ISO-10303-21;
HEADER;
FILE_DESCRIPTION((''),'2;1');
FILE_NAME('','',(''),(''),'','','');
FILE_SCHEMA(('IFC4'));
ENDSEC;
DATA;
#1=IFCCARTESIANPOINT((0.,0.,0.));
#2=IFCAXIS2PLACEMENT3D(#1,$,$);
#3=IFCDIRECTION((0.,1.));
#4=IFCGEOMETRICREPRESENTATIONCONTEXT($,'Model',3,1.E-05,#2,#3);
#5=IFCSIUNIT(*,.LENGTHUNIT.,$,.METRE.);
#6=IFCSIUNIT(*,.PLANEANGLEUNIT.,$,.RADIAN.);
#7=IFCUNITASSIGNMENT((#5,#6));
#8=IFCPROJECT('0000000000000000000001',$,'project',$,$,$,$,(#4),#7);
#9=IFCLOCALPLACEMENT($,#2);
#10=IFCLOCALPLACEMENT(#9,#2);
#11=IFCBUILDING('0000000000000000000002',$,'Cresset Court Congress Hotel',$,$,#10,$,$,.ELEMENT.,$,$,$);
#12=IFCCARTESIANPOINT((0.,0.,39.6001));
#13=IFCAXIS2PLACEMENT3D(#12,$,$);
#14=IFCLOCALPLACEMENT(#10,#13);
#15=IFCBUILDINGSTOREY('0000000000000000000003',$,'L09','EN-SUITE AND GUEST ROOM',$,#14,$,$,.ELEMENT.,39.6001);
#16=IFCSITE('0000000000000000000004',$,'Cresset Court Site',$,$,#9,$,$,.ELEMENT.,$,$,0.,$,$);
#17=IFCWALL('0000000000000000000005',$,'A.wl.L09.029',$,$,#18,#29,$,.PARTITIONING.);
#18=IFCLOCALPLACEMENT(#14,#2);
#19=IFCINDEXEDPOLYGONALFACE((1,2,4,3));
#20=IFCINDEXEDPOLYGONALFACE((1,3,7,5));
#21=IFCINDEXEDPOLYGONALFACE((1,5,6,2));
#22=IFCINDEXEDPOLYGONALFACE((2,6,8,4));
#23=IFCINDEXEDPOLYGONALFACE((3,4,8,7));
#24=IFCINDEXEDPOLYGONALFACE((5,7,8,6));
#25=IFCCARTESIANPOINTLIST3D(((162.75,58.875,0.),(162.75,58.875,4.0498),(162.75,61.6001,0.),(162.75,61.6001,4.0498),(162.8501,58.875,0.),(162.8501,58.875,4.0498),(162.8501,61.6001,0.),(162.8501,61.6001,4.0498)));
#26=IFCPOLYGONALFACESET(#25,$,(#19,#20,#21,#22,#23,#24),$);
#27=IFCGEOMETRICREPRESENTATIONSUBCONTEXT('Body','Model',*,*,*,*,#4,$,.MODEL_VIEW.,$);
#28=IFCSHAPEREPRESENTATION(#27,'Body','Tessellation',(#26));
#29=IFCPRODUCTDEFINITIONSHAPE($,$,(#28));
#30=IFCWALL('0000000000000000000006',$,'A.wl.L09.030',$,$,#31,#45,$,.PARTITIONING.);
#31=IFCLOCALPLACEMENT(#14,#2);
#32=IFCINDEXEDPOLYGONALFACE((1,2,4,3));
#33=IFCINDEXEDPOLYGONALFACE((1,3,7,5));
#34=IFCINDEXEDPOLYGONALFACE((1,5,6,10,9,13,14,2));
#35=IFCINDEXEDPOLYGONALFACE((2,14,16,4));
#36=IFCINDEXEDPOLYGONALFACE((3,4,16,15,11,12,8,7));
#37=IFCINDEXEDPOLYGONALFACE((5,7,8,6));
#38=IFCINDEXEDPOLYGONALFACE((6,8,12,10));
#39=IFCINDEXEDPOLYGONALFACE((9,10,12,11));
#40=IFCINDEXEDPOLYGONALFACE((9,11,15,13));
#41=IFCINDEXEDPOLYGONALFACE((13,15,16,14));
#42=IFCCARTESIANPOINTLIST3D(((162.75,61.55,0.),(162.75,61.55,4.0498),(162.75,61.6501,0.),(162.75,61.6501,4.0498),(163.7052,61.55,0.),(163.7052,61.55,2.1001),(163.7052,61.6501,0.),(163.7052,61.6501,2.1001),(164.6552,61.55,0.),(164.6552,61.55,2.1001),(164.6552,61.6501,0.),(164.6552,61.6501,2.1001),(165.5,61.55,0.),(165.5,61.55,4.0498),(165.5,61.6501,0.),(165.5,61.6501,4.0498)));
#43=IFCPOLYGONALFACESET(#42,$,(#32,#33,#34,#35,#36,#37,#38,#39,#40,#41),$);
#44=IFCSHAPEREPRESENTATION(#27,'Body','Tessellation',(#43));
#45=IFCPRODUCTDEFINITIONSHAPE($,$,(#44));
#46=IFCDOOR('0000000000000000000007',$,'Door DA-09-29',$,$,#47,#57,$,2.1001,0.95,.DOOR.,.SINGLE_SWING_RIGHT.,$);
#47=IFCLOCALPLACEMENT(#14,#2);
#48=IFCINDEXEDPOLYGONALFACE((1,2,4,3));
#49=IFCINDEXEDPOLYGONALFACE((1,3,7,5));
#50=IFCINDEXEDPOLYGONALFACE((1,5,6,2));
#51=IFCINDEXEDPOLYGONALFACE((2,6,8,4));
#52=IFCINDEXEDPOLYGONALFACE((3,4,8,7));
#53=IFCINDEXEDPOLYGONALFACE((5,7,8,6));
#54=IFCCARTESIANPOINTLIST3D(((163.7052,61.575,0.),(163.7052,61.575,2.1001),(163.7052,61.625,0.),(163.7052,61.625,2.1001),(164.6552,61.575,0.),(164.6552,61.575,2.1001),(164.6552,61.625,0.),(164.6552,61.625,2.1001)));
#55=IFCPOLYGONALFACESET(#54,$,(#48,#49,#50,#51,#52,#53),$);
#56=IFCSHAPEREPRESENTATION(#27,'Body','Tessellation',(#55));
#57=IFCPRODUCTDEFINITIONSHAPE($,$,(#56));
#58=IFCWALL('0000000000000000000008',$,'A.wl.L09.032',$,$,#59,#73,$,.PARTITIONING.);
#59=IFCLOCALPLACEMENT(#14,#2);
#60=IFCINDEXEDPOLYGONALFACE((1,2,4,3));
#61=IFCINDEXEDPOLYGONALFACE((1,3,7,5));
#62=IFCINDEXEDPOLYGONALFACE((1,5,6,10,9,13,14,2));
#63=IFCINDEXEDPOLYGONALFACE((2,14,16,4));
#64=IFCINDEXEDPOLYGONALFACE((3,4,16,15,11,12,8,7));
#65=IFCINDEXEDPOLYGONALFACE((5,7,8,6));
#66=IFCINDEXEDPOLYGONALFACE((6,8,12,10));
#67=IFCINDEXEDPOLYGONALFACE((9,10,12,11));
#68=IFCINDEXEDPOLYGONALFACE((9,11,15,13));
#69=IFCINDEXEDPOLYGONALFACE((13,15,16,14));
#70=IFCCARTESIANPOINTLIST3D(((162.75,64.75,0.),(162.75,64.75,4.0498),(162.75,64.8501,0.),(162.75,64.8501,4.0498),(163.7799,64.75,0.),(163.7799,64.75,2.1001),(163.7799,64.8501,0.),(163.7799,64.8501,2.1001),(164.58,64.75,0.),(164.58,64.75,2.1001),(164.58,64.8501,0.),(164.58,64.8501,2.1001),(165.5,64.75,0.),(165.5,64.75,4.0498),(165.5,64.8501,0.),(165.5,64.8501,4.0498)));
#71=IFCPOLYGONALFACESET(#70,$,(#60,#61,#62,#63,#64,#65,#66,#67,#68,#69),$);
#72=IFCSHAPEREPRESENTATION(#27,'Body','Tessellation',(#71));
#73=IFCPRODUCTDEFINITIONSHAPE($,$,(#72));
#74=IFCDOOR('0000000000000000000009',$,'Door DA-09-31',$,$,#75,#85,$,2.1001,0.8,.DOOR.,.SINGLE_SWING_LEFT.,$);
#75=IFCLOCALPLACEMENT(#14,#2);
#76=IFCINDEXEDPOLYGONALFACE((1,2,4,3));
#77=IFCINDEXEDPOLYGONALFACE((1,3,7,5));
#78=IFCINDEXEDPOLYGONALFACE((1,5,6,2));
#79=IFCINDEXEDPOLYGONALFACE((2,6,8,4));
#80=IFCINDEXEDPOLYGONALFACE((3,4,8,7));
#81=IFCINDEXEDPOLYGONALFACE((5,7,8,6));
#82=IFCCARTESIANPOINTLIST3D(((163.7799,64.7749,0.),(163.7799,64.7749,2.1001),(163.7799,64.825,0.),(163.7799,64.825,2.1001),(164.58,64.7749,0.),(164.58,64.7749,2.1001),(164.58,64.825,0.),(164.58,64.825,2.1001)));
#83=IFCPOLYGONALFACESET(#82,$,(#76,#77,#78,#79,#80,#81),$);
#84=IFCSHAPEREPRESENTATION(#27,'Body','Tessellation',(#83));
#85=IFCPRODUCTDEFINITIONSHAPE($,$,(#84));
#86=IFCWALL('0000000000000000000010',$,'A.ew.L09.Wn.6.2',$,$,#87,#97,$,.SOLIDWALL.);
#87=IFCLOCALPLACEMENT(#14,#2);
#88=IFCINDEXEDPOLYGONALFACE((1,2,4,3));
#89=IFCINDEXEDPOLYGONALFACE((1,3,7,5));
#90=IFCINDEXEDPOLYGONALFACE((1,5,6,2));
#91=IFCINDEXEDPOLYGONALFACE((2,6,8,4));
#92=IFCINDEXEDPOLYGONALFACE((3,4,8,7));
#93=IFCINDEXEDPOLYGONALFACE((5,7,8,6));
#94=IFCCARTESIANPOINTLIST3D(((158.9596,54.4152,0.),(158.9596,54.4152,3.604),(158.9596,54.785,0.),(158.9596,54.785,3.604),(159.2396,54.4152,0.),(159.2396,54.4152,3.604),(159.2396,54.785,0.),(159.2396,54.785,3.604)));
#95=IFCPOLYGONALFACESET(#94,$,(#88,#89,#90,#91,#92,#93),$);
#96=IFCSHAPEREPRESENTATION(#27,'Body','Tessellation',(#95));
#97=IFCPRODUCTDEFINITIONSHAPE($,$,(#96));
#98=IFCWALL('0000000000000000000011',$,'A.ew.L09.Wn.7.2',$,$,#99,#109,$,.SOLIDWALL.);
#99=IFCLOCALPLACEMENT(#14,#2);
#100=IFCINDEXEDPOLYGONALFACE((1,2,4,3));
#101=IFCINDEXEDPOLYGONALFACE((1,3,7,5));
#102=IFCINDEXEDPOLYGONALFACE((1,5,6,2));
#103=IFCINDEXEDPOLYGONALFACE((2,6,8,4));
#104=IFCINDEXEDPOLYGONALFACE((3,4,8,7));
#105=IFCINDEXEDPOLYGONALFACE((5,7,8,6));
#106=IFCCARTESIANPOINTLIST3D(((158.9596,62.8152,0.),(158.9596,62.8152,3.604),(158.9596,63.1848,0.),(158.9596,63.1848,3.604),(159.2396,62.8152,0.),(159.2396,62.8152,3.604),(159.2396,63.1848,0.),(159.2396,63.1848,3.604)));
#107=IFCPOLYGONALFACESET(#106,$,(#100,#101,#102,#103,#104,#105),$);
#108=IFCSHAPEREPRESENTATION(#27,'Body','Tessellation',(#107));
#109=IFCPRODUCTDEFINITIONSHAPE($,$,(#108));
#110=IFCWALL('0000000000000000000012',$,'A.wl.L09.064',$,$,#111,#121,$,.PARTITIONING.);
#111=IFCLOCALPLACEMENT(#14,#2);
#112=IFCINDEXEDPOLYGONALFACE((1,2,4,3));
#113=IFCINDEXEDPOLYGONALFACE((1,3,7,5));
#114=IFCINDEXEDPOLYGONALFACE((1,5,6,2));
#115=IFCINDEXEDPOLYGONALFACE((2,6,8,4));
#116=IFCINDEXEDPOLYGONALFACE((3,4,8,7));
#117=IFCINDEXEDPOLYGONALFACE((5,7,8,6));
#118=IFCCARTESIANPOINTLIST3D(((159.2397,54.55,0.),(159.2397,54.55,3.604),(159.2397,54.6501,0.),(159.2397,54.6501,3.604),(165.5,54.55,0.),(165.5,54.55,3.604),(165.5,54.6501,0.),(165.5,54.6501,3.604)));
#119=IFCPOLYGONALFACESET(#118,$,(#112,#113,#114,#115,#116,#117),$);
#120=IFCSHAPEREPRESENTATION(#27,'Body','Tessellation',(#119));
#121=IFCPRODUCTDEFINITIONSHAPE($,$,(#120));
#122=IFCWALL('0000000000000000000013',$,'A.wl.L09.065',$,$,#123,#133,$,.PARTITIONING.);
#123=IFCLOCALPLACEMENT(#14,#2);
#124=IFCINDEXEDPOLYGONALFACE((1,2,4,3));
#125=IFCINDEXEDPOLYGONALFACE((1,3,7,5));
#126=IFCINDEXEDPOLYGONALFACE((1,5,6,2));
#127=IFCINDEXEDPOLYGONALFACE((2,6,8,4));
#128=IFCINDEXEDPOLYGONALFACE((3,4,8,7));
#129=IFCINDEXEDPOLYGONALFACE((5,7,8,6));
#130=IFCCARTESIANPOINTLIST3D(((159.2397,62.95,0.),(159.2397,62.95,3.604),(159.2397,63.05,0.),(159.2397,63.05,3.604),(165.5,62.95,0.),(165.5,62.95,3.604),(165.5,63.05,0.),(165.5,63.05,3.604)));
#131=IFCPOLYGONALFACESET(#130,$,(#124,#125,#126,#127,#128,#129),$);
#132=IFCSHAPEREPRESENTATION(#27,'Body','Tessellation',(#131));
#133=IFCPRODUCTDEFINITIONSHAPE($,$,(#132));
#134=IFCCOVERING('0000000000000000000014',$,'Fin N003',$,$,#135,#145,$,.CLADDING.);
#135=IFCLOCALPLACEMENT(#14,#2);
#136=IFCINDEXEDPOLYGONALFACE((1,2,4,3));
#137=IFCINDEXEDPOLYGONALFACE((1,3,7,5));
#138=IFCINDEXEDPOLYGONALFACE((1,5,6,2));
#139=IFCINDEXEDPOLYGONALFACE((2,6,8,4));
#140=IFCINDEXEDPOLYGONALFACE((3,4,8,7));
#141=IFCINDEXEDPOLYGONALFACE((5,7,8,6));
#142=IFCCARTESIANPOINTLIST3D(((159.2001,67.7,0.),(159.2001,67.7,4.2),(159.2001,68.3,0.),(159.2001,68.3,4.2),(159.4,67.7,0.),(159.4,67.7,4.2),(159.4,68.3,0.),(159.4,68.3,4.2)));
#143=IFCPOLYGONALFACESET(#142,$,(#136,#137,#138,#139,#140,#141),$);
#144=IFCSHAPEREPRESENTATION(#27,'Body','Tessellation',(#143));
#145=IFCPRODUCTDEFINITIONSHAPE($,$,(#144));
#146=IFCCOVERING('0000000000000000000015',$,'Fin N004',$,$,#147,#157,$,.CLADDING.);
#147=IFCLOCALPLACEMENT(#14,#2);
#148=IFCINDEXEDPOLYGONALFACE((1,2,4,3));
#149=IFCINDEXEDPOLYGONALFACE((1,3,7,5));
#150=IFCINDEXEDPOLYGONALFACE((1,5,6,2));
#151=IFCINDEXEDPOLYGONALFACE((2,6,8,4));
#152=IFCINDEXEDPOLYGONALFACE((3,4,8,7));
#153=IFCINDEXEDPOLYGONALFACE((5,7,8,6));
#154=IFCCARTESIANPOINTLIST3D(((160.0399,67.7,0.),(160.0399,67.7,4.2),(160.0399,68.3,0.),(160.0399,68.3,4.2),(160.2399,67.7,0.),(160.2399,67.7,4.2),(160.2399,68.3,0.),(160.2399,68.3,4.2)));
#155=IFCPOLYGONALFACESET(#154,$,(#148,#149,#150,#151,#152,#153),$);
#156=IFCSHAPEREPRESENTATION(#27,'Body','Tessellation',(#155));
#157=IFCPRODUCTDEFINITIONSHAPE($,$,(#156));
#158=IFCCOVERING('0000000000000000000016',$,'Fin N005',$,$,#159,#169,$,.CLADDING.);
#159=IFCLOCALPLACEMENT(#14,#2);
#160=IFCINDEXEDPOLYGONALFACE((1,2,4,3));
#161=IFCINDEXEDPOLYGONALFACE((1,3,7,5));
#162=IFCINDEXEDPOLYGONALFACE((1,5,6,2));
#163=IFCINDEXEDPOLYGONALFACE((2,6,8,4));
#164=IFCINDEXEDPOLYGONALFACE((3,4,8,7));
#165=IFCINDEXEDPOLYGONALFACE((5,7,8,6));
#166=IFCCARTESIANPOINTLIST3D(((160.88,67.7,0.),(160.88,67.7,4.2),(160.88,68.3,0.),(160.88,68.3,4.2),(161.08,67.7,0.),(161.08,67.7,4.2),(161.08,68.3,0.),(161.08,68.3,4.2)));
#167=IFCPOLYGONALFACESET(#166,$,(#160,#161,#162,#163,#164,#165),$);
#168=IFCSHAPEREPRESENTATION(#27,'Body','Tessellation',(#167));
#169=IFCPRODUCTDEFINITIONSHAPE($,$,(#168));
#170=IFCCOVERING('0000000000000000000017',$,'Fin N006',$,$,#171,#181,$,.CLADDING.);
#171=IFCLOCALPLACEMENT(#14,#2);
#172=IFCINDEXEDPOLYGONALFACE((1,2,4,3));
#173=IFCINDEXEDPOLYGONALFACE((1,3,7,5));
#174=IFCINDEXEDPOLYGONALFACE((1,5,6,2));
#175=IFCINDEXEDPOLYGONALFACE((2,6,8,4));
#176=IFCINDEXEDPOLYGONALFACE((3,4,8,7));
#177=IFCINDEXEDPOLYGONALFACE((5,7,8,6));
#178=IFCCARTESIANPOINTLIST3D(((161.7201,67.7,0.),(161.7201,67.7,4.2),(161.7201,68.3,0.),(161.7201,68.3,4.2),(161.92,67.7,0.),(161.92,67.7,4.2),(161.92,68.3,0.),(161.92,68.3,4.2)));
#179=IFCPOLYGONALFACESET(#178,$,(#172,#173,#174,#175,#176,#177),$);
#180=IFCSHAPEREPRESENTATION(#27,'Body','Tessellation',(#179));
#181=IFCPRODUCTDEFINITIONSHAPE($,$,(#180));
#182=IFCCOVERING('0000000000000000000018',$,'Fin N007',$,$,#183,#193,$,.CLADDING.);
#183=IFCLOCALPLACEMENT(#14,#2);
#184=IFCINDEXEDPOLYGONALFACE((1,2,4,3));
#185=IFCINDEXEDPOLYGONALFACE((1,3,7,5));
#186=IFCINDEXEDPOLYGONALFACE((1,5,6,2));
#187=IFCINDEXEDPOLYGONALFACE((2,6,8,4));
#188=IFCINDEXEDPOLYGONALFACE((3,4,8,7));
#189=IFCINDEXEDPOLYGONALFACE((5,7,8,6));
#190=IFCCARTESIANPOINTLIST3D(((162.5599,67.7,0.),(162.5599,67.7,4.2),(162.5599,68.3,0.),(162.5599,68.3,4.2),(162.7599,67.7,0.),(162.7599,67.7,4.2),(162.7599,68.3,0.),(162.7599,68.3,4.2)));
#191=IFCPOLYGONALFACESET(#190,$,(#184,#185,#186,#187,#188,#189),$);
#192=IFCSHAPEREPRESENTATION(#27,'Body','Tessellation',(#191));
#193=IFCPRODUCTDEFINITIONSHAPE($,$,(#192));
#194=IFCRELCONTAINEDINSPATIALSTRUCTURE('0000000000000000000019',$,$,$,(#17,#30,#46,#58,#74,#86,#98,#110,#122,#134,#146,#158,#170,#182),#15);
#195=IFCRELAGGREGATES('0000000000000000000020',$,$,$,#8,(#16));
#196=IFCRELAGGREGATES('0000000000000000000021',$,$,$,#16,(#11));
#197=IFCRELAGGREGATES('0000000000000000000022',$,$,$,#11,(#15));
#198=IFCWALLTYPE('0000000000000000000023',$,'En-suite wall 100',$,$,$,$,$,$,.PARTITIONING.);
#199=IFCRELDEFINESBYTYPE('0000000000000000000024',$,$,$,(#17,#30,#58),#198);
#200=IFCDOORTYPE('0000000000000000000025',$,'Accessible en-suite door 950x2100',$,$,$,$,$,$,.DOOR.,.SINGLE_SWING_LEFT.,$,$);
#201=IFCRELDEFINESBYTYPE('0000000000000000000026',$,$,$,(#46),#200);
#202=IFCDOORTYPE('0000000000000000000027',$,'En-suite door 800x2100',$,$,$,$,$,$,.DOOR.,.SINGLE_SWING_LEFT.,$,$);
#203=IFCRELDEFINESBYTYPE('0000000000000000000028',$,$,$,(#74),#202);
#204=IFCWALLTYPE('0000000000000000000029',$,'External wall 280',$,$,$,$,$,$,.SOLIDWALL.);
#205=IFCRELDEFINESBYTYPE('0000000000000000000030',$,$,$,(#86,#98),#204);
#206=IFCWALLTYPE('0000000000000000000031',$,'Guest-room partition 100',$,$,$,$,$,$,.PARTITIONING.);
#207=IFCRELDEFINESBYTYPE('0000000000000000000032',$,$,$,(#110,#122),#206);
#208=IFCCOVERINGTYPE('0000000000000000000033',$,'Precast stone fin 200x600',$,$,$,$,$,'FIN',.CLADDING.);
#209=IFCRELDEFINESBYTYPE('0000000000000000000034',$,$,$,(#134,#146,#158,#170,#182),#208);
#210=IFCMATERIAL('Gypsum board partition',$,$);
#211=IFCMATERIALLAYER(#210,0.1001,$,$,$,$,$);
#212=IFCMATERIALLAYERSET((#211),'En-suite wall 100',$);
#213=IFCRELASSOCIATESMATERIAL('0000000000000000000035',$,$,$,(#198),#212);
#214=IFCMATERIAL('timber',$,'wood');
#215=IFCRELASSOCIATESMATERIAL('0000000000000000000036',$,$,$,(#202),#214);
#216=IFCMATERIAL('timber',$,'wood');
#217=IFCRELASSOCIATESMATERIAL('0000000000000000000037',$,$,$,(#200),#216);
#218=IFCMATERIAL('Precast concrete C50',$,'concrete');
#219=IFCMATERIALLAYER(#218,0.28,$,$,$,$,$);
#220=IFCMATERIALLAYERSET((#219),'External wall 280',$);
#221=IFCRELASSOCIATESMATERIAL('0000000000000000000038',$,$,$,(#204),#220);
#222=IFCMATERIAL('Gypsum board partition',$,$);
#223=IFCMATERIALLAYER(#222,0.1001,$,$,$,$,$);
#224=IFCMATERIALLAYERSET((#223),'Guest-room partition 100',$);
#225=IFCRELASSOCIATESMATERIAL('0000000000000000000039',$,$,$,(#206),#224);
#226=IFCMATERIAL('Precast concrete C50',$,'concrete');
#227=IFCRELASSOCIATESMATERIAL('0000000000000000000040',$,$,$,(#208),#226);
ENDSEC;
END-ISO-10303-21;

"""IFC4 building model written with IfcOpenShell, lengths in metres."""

from ifc_helpers import new_model, si_unit, direction, frame, frame_2d, origin, origin_2d, place, context, subcontext, project, spatial, rectangle, extrude, material, layer, layer_set, type_object, element, fill, save


model = new_model("IFC4")

# Units and contexts
model_context = context("Model", 3, precision=1e-05, world=origin(), true_north=direction((0.0, 1.0)))
body_context = subcontext(model_context, "Body", "Model", "MODEL_VIEW")
ifc_project = project(units=[si_unit("LENGTHUNIT", "METRE"), si_unit("PLANEANGLEUNIT", "RADIAN")], contexts=[model_context])

# Site, building, storey
site_placement = place(None, origin())
site = spatial("IfcSite", under=ifc_project, at=site_placement, Name="Cresset Court Site", CompositionType="ELEMENT", RefElevation=0.0)
building_placement = place(site_placement, origin())
building = spatial("IfcBuilding", under=site, at=building_placement, Name="Cresset Court Congress Hotel", CompositionType="ELEMENT")
storey_placement = place(building_placement, frame((0.0, 0.0, 39.6001)))
storey = spatial("IfcBuildingStorey", under=building, at=storey_placement, Name="L09", Description="EN-SUITE AND GUEST ROOM", CompositionType="ELEMENT", Elevation=39.6001)

# Shared definitions
ifc_material_1 = material(Name="Gypsum board partition")
ifc_layer_1 = layer(ifc_material_1, 0.1001)
ifc_layer_set_1 = layer_set([ifc_layer_1], Name="En-suite wall 100")
wall_type_1 = type_object("IfcWallType", Name="En-suite wall 100", PredefinedType="PARTITIONING", material=ifc_layer_set_1)

# Shared definitions
ifc_material_2 = material(Name="timber", Category="wood")
door_type_1 = type_object("IfcDoorType", Name="En-suite door 800x2100", OperationType="SINGLE_SWING_LEFT", PredefinedType="DOOR", material=ifc_material_2)

# Wall
wall_1_placement = place(storey_placement, frame((162.8, 58.875, 0.0), z_axis=(0.0, 0.0, 1.0), x_axis=(0.0, 1.0, 0.0)))
element("IfcWall", 1, at=wall_1_placement, inside=storey, type_object=wall_type_1, Name="A.wl.L09.029", PredefinedType="PARTITIONING", context=body_context, shape_type="SweptSolid", body=[
    extrude(rectangle(XDim=2.7251, YDim=0.1001, at=frame_2d((1.3625, 0.0))), origin(), (0.0, 0.0, 1.0), 4.0498),
])

# Wall, opening, door
wall_2_placement = place(storey_placement, frame((162.75, 61.6001, 0.0), z_axis=(0.0, 0.0, 1.0), x_axis=(1.0, 0.0, 0.0)))
wall_2 = element("IfcWall", 2, at=wall_2_placement, inside=storey, type_object=wall_type_1, Name="A.wl.L09.030", PredefinedType="PARTITIONING", context=body_context, shape_type="SweptSolid", body=[
    extrude(rectangle(XDim=2.75, YDim=0.1001, at=frame_2d((1.375, 0.0))), origin(), (0.0, 0.0, 1.0), 4.0498),
])
opening_1_placement = place(wall_2_placement, frame((0.9551, 0.0, 0.0)))
opening_1 = element("IfcOpeningElement", 3, at=opening_1_placement, cuts=wall_2, PredefinedType="OPENING", context=body_context, shape_type="SweptSolid", body=[
    extrude(rectangle(XDim=0.95, YDim=2.1001, at=frame_2d((0.4751, 1.05))), frame((0.0, 0.0601, 0.0), z_axis=(0.0, -1.0, 0.0), x_axis=(1.0, 0.0, 0.0)), (0.0, 0.0, 1.0), 0.1201),
])
ifc_material_3 = material(Name="timber", Category="wood")
door_type_2 = type_object("IfcDoorType", Name="Accessible en-suite door 950x2100", OperationType="SINGLE_SWING_LEFT", PredefinedType="DOOR", material=ifc_material_3)
door_1_placement = place(opening_1_placement, origin())
door_1 = element("IfcDoor", 4, at=door_1_placement, inside=storey, type_object=door_type_2, Name="Door DA-09-29", OperationType="SINGLE_SWING_RIGHT", OverallHeight=2.1001, OverallWidth=0.95, PredefinedType="DOOR", context=body_context, shape_type="SweptSolid", body=[
    extrude(rectangle(XDim=0.95, YDim=2.1001, at=frame_2d((0.4751, 1.05))), frame((0.0, 0.0249, 0.0), z_axis=(0.0, -1.0, 0.0), x_axis=(1.0, 0.0, 0.0)), (0.0, 0.0, 1.0), 0.05),
])
fill(opening_1, door_1)

# Wall, opening, door
wall_3_placement = place(storey_placement, frame((162.75, 64.8, 0.0), z_axis=(0.0, 0.0, 1.0), x_axis=(1.0, 0.0, 0.0)))
wall_3 = element("IfcWall", 5, at=wall_3_placement, inside=storey, type_object=wall_type_1, Name="A.wl.L09.032", PredefinedType="PARTITIONING", context=body_context, shape_type="SweptSolid", body=[
    extrude(rectangle(XDim=2.75, YDim=0.1001, at=frame_2d((1.375, 0.0))), origin(), (0.0, 0.0, 1.0), 4.0498),
])
opening_2_placement = place(wall_3_placement, frame((1.03, 0.0, 0.0)))
opening_2 = element("IfcOpeningElement", 6, at=opening_2_placement, cuts=wall_3, PredefinedType="OPENING", context=body_context, shape_type="SweptSolid", body=[
    extrude(rectangle(XDim=0.8, YDim=2.1001, at=frame_2d((0.3999, 1.05))), frame((0.0, 0.0601, 0.0), z_axis=(0.0, -1.0, 0.0), x_axis=(1.0, 0.0, 0.0)), (0.0, 0.0, 1.0), 0.1201),
])
door_2_placement = place(opening_2_placement, origin())
door_2 = element("IfcDoor", 7, at=door_2_placement, inside=storey, type_object=door_type_1, Name="Door DA-09-31", OperationType="SINGLE_SWING_LEFT", OverallHeight=2.1001, OverallWidth=0.8, PredefinedType="DOOR", context=body_context, shape_type="SweptSolid", body=[
    extrude(rectangle(XDim=0.8, YDim=2.1001, at=frame_2d((0.3999, 1.05))), frame((0.0, 0.0249, 0.0), z_axis=(0.0, -1.0, 0.0), x_axis=(1.0, 0.0, 0.0)), (0.0, 0.0, 1.0), 0.05),
])
fill(opening_2, door_2)

# Walls
ifc_material_4 = material(Name="Precast concrete C50", Category="concrete")
ifc_layer_2 = layer(ifc_material_4, 0.28)
ifc_layer_set_2 = layer_set([ifc_layer_2], Name="External wall 280")
wall_type_2 = type_object("IfcWallType", Name="External wall 280", PredefinedType="SOLIDWALL", material=ifc_layer_set_2)
wall_4_placement = place(storey_placement, frame((159.0996, 54.415, 0.0), z_axis=(0.0, 0.0, 1.0), x_axis=(0.0, 1.0, 0.0)))
element("IfcWall", 8, at=wall_4_placement, inside=storey, type_object=wall_type_2, Name="A.ew.L09.Wn.6.2", PredefinedType="SOLIDWALL", context=body_context, shape_type="SweptSolid", body=[
    extrude(rectangle(XDim=0.3699, YDim=0.28, at=frame_2d((0.1851, 0.0))), origin(), (0.0, 0.0, 1.0), 3.604),
])
wall_5_placement = place(storey_placement, frame((159.0996, 62.8152, 0.0), z_axis=(0.0, 0.0, 1.0), x_axis=(0.0, 1.0, 0.0)))
element("IfcWall", 9, at=wall_5_placement, inside=storey, type_object=wall_type_2, Name="A.ew.L09.Wn.7.2", PredefinedType="SOLIDWALL", context=body_context, shape_type="SweptSolid", body=[
    extrude(rectangle(XDim=0.3696, YDim=0.28, at=frame_2d((0.1848, 0.0))), origin(), (0.0, 0.0, 1.0), 3.604),
])
ifc_material_5 = material(Name="Gypsum board partition")
ifc_layer_3 = layer(ifc_material_5, 0.1001)
ifc_layer_set_3 = layer_set([ifc_layer_3], Name="Guest-room partition 100")
wall_type_3 = type_object("IfcWallType", Name="Guest-room partition 100", PredefinedType="PARTITIONING", material=ifc_layer_set_3)
for number, where, z_axis, x_axis, name in (
    (10, (159.2397, 54.6001, 0.0), (0.0, 0.0, 1.0), (1.0, 0.0, 0.0), "A.wl.L09.064"),
    (11, (159.2397, 63.0, 0.0), (0.0, 0.0, 1.0), (1.0, 0.0, 0.0), "A.wl.L09.065"),
):
    element("IfcWall", number, at=place(storey_placement, frame(where, z_axis=z_axis, x_axis=x_axis)), inside=storey, type_object=wall_type_3, Name=name, PredefinedType="PARTITIONING", context=body_context, shape_type="SweptSolid", body=[
        extrude(rectangle(XDim=6.2603, YDim=0.1001, at=frame_2d((3.1301, 0.0))), origin(), (0.0, 0.0, 1.0), 3.604),
    ])

# Coverings
ifc_material_6 = material(Name="Precast concrete C50", Category="concrete")
covering_type = type_object("IfcCoveringType", Name="Precast stone fin 200x600", ElementType="FIN", PredefinedType="CLADDING", material=ifc_material_6)
for number, where, z_axis, x_axis, name in (
    (12, (159.3, 68.0, 0.0), (0.0, 0.0, 1.0), (1.0, 0.0, 0.0), "Fin N003"),
    (13, (160.1399, 68.0, 0.0), (0.0, 0.0, 1.0), (1.0, 0.0, 0.0), "Fin N004"),
    (14, (160.98, 68.0, 0.0), (0.0, 0.0, 1.0), (1.0, 0.0, 0.0), "Fin N005"),
    (15, (161.8201, 68.0, 0.0), (0.0, 0.0, 1.0), (1.0, 0.0, 0.0), "Fin N006"),
    (16, (162.6599, 68.0, 0.0), (0.0, 0.0, 1.0), (1.0, 0.0, 0.0), "Fin N007"),
):
    element("IfcCovering", number, at=place(storey_placement, frame(where, z_axis=z_axis, x_axis=x_axis)), inside=storey, type_object=covering_type, Name=name, PredefinedType="CLADDING", context=body_context, shape_type="SweptSolid", body=[
        extrude(rectangle(XDim=0.2, YDim=0.6001, at=origin_2d()), origin(), (0.0, 0.0, 1.0), 4.2),
    ])

save(model, "model.ifc")
